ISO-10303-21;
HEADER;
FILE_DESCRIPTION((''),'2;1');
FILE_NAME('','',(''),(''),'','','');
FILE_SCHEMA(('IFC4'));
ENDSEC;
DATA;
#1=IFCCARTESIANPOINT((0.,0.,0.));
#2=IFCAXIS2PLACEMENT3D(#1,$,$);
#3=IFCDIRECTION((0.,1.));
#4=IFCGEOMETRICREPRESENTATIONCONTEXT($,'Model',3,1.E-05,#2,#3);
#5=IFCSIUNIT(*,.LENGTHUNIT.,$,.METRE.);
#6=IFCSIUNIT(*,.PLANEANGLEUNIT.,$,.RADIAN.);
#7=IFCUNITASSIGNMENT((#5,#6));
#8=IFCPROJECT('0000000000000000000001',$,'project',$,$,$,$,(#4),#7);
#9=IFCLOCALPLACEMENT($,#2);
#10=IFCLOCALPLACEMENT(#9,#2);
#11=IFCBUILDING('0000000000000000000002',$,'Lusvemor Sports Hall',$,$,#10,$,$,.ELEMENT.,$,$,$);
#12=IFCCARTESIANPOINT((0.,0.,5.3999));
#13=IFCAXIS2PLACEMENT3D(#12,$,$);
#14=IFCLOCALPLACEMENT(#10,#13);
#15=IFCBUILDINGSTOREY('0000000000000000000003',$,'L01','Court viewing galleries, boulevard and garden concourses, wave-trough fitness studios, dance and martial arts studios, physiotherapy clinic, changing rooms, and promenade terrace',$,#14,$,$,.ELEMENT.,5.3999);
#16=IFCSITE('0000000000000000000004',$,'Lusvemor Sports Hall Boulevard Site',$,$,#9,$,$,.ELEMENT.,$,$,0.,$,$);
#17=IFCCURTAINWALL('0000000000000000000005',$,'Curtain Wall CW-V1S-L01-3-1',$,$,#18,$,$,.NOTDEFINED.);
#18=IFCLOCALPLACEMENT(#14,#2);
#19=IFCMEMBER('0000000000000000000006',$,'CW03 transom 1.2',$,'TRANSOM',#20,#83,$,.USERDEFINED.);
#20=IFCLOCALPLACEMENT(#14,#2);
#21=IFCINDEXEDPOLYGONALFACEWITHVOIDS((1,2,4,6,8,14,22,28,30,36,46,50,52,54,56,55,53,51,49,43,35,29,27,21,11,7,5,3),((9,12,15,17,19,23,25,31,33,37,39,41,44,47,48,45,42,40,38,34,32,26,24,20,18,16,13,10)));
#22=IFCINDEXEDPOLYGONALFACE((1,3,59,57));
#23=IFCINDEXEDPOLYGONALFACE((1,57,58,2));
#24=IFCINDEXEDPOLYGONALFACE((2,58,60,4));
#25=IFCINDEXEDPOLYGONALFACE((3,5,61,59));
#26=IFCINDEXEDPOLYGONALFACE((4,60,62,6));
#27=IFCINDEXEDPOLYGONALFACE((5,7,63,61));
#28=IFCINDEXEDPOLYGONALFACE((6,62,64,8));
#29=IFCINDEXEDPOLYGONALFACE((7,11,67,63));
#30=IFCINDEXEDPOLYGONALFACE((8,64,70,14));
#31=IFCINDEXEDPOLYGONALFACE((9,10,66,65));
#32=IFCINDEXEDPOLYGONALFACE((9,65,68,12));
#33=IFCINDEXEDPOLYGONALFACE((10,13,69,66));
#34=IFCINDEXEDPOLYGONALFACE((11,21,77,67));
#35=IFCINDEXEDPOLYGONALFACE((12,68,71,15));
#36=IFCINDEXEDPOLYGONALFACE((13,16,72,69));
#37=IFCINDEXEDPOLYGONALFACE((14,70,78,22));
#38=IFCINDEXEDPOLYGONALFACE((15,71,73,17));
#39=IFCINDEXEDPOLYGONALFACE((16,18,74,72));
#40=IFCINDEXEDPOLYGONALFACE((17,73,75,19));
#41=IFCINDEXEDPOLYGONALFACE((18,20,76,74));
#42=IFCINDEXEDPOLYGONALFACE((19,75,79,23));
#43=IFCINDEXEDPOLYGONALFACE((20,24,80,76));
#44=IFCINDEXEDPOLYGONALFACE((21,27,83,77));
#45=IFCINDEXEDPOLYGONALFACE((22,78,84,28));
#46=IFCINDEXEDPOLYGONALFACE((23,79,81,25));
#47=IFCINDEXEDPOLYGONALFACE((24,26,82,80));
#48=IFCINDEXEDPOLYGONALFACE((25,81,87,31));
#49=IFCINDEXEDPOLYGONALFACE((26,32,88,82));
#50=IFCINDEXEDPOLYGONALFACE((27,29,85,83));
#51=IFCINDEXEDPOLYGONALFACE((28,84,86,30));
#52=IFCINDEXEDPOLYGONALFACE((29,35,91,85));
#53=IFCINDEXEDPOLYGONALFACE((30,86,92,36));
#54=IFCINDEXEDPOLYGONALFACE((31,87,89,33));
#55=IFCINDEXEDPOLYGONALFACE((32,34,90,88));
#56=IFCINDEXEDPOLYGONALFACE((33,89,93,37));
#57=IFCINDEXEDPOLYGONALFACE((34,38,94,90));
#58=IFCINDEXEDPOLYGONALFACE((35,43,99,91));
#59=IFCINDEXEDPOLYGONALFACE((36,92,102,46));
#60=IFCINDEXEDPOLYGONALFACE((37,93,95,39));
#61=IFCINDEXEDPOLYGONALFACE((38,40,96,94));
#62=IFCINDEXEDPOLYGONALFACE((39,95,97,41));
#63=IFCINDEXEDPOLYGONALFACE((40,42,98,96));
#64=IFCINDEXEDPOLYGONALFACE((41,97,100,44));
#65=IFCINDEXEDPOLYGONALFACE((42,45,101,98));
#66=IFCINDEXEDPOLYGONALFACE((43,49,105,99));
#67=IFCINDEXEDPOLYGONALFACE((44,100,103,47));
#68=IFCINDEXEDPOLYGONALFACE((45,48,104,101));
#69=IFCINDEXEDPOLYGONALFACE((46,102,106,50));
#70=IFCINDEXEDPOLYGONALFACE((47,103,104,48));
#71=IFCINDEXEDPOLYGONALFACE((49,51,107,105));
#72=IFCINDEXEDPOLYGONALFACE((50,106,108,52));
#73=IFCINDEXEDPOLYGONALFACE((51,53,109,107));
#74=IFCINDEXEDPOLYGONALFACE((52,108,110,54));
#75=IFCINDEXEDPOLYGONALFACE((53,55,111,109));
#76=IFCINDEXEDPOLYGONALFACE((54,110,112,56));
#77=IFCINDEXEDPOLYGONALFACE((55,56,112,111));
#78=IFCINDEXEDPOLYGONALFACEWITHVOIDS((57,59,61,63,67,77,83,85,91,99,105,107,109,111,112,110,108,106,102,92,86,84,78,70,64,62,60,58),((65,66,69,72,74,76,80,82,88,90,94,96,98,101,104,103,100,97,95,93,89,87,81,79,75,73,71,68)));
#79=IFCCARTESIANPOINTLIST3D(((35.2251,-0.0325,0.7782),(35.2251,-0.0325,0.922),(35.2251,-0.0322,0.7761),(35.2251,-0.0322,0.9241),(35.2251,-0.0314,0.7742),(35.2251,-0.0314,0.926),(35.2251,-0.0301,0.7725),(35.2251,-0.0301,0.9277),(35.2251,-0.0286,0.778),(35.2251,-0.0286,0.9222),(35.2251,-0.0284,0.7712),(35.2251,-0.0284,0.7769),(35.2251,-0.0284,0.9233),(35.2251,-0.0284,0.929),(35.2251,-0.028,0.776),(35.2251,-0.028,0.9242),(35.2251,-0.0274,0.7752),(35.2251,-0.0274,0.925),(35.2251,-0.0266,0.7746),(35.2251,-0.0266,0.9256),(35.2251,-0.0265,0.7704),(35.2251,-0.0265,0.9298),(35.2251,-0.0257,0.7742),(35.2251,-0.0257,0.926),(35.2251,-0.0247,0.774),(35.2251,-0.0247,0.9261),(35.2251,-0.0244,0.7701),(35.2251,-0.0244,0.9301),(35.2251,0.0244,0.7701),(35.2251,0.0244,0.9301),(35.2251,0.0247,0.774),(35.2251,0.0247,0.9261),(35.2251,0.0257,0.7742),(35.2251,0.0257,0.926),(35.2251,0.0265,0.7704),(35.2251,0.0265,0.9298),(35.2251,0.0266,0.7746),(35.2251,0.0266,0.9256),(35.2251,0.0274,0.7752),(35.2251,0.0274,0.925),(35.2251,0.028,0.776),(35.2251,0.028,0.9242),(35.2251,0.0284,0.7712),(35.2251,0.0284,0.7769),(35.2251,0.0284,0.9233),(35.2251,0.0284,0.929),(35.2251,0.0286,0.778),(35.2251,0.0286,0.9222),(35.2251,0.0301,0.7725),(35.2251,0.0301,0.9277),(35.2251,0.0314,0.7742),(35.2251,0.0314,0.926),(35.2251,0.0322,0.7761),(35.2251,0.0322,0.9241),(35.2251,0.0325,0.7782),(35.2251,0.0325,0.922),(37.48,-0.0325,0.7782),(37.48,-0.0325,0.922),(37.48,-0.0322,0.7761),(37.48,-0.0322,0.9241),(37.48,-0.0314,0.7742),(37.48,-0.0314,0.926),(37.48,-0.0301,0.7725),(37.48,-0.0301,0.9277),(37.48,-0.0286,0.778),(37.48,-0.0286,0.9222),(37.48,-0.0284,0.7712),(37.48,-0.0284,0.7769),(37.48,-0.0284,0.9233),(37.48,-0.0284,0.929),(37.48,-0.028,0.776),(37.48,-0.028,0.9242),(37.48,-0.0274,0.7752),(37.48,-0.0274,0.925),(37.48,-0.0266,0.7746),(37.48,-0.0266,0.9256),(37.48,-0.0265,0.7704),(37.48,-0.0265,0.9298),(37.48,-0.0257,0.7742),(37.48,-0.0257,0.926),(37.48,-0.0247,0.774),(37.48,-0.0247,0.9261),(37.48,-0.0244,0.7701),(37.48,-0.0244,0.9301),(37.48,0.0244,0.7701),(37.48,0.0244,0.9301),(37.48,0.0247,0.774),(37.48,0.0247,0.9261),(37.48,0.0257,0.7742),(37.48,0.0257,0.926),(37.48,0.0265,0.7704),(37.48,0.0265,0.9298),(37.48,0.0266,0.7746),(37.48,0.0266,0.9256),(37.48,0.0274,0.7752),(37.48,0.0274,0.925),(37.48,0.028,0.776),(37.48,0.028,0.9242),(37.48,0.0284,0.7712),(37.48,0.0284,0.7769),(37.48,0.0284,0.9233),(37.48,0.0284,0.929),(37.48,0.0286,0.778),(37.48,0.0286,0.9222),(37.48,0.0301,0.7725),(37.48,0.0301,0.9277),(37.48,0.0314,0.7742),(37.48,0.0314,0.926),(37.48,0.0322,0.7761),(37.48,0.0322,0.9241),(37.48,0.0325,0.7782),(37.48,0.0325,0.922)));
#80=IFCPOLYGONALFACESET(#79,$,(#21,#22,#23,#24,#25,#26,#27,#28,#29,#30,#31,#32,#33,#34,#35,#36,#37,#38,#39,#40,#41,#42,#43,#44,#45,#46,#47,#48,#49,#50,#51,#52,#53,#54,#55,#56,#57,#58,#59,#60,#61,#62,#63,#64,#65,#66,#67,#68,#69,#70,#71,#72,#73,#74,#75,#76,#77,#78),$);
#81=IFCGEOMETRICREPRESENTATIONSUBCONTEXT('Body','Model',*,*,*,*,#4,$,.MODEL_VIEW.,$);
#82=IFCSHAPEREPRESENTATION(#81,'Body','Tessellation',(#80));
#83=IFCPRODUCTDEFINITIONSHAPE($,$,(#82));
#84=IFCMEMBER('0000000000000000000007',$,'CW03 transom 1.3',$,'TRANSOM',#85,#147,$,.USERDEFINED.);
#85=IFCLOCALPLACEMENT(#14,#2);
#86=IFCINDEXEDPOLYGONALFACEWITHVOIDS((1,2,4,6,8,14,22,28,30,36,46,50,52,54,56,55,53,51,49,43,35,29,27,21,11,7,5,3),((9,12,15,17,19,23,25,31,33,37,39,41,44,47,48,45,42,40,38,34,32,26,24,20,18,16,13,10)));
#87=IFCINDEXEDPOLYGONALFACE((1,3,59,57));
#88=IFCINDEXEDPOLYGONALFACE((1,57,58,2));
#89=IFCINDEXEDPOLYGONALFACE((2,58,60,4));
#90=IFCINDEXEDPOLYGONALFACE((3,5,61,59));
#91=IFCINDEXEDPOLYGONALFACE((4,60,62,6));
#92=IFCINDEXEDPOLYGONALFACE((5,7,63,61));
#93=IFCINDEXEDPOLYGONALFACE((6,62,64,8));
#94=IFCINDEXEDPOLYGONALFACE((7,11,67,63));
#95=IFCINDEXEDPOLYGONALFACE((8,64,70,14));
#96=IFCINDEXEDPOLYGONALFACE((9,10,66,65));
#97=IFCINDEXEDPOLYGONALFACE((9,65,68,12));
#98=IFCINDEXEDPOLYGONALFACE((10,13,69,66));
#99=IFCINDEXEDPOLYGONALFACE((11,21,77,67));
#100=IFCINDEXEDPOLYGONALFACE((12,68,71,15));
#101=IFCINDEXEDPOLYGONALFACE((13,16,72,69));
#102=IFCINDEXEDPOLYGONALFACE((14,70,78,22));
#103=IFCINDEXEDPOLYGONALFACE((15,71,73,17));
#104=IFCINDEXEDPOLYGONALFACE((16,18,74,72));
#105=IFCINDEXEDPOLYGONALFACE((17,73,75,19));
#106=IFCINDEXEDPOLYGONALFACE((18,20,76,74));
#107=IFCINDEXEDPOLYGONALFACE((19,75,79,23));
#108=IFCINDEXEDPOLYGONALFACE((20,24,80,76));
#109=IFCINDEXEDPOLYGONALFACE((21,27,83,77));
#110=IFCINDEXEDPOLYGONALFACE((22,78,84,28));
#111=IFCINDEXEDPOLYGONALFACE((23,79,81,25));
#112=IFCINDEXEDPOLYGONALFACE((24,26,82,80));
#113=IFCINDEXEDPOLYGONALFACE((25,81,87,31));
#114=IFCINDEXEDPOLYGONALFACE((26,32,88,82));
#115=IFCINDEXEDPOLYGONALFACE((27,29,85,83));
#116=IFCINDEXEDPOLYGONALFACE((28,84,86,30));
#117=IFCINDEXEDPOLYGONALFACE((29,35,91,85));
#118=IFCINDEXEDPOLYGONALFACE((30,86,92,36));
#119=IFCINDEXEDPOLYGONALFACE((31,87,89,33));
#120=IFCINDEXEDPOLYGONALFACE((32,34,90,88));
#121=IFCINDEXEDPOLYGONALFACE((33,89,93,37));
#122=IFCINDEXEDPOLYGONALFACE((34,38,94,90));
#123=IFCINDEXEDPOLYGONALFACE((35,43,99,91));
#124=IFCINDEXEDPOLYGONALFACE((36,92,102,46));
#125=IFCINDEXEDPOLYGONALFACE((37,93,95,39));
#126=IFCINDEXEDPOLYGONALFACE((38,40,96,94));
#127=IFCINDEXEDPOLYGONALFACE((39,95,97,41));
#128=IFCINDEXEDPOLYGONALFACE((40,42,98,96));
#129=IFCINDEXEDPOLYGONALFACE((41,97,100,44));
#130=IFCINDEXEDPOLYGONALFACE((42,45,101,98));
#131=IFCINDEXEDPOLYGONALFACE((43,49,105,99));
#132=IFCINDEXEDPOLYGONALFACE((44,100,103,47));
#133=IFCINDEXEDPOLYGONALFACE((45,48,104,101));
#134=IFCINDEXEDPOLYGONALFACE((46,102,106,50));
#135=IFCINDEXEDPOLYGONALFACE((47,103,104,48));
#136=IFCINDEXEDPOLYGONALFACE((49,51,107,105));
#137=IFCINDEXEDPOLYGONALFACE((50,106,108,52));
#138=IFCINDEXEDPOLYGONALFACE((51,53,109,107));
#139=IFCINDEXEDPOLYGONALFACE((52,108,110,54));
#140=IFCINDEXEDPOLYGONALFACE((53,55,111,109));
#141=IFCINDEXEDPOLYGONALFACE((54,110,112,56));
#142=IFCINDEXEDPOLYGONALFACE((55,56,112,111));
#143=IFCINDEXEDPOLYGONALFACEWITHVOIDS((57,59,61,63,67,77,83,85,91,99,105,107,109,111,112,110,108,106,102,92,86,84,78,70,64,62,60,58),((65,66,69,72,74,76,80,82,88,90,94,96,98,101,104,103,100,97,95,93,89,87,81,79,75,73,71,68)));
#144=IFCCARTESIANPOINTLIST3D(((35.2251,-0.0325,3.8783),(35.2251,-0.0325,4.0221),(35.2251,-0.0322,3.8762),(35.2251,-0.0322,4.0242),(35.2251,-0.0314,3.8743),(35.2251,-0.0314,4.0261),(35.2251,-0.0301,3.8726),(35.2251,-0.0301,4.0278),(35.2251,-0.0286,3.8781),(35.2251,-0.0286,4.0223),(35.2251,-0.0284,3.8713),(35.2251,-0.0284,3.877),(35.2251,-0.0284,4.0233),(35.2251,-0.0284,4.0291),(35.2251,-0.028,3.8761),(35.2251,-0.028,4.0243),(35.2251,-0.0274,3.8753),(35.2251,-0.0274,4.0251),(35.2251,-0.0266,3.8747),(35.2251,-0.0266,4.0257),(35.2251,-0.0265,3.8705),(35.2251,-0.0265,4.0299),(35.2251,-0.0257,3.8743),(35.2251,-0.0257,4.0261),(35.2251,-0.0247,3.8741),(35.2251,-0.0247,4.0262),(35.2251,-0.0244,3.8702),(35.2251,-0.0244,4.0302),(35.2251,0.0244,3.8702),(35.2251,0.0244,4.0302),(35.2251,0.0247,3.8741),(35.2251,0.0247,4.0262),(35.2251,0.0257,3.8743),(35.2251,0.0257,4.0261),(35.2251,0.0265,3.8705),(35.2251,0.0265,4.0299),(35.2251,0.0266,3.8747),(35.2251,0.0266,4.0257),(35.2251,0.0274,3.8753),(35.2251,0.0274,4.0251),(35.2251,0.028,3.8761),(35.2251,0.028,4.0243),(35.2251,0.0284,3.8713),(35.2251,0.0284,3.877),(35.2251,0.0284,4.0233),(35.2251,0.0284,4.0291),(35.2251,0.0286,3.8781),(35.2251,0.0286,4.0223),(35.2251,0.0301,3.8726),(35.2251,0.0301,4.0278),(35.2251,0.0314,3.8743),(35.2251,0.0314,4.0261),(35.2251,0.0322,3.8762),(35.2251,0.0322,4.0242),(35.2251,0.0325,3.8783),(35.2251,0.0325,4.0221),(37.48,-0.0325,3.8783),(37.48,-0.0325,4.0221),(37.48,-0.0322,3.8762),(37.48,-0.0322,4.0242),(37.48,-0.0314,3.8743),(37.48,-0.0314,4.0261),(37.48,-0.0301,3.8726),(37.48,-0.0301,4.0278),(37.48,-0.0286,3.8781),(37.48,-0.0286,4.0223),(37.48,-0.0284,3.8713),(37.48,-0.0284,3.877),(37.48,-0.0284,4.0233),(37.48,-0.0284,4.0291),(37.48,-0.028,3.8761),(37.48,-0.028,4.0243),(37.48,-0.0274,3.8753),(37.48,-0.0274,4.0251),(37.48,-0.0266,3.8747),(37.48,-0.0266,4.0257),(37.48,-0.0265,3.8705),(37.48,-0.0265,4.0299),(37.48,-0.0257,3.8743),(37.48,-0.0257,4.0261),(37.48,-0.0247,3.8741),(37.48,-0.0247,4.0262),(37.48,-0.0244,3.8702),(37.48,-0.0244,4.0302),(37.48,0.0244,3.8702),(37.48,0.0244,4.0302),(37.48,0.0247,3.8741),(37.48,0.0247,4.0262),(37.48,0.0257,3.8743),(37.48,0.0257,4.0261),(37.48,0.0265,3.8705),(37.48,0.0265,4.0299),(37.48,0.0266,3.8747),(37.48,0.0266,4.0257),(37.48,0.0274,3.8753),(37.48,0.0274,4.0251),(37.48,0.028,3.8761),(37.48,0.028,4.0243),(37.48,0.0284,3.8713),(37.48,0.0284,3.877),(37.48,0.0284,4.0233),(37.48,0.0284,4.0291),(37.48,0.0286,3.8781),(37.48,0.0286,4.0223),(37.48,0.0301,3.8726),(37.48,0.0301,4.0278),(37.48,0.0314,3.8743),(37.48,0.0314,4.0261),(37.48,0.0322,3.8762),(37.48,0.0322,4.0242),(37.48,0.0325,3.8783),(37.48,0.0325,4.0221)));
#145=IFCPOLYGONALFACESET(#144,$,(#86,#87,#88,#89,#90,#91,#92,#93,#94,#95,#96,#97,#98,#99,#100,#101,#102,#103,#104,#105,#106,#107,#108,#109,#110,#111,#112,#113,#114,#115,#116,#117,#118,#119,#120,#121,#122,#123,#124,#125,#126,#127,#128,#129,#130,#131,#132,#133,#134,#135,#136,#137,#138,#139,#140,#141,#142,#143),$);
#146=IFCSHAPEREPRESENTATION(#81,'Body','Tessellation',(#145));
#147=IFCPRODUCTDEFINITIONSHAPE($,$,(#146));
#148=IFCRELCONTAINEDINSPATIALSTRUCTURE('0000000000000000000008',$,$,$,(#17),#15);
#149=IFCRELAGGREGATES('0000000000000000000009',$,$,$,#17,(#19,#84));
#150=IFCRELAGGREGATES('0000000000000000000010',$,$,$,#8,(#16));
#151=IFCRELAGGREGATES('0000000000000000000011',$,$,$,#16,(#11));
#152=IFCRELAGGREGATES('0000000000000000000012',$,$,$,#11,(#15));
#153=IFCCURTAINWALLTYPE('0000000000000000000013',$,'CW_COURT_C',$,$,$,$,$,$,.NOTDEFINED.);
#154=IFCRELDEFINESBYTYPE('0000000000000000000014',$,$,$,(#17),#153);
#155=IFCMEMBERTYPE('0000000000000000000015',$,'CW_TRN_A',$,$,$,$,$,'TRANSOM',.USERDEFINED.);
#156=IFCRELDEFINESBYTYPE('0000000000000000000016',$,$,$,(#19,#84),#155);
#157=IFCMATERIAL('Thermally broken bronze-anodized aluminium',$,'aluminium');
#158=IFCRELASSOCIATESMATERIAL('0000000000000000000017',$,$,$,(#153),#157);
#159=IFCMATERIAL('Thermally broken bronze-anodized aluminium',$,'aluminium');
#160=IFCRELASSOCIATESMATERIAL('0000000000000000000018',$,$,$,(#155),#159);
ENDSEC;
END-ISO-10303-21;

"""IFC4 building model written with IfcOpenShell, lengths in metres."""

from ifc_helpers import new_model, si_unit, direction, frame, origin, origin_2d, place, context, subcontext, project, spatial, hollow_rectangle, extrude, material, material_profile, profile_set, type_object, element, aggregate, save


model = new_model("IFC4")

# Units and contexts
model_context = context("Model", 3, precision=1e-05, world=origin(), true_north=direction((0.0, 1.0)))
body_context = subcontext(model_context, "Body", "Model", "MODEL_VIEW")
ifc_project = project(units=[si_unit("LENGTHUNIT", "METRE"), si_unit("PLANEANGLEUNIT", "RADIAN")], contexts=[model_context])

# Site, building, storey
site_placement = place(None, origin())
site = spatial("IfcSite", under=ifc_project, at=site_placement, Name="Lusvemor Sports Hall Boulevard Site", CompositionType="ELEMENT", RefElevation=0.0)
building_placement = place(site_placement, origin())
building = spatial("IfcBuilding", under=site, at=building_placement, Name="Lusvemor Sports Hall", CompositionType="ELEMENT")
storey_placement = place(building_placement, frame((0.0, 0.0, 5.3999)))
storey = spatial("IfcBuildingStorey", under=building, at=storey_placement, Name="L01", Description="Court viewing galleries, boulevard and garden concourses, wave-trough fitness studios, dance and martial arts studios, physiotherapy clinic, changing rooms, and promenade terrace", CompositionType="ELEMENT", Elevation=5.3999)

# Curtain wall, members
ifc_material_1 = material(Name="Thermally broken bronze-anodized aluminium", Category="aluminium")
curtain_wall_type = type_object("IfcCurtainWallType", Name="CW_COURT_C", PredefinedType="NOTDEFINED", material=ifc_material_1)
curtain_wall_placement = place(storey_placement, origin())
curtain_wall = element("IfcCurtainWall", 1, at=curtain_wall_placement, inside=storey, type_object=curtain_wall_type, Name="Curtain Wall CW-V1S-L01-3-1", PredefinedType="NOTDEFINED")
ifc_material_2 = material(Name="Thermally broken bronze-anodized aluminium", Category="aluminium")
ifc_material_profile_1 = material_profile(ifc_material_2, hollow_rectangle(XDim=0.0649, YDim=0.1599, WallThickness=0.0039, InnerFilletRadius=0.0039, OuterFilletRadius=0.0081, at=origin_2d()), Name="CWTRN160x65x4")
ifc_profile_set_1 = profile_set([ifc_material_profile_1], Name="Thermally broken bronze-anodized aluminium")
member_type_1 = type_object("IfcMemberType", Name="CW_TRN_A", ElementType="TRANSOM", PredefinedType="USERDEFINED", material=ifc_profile_set_1)
member_1_placement = place(storey_placement, frame((37.48, 0.0, 0.8501), z_axis=(-1.0, 0.0, 0.0), x_axis=(0.0, -1.0, 0.0)))
member_1 = element("IfcMember", 2, at=member_1_placement, type_object=member_type_1, Name="CW03 transom 1.2", ObjectType="TRANSOM", PredefinedType="USERDEFINED", context=body_context, shape_type="SweptSolid", body=[
    extrude(hollow_rectangle(XDim=0.0649, YDim=0.1599, WallThickness=0.0039, InnerFilletRadius=0.0039, OuterFilletRadius=0.0081, at=origin_2d()), origin(), (0.0, 0.0, 1.0), 2.2549),
])
member_2_placement = place(storey_placement, frame((37.48, 0.0, 3.9502), z_axis=(-1.0, 0.0, 0.0), x_axis=(0.0, -1.0, 0.0)))
member_2 = element("IfcMember", 3, at=member_2_placement, type_object=member_type_1, Name="CW03 transom 1.3", ObjectType="TRANSOM", PredefinedType="USERDEFINED", context=body_context, shape_type="SweptSolid", body=[
    extrude(hollow_rectangle(XDim=0.0649, YDim=0.1599, WallThickness=0.0039, InnerFilletRadius=0.0039, OuterFilletRadius=0.0081, at=origin_2d()), origin(), (0.0, 0.0, 1.0), 2.2549),
])
aggregate(curtain_wall, [member_1, member_2])

save(model, "model.ifc")
